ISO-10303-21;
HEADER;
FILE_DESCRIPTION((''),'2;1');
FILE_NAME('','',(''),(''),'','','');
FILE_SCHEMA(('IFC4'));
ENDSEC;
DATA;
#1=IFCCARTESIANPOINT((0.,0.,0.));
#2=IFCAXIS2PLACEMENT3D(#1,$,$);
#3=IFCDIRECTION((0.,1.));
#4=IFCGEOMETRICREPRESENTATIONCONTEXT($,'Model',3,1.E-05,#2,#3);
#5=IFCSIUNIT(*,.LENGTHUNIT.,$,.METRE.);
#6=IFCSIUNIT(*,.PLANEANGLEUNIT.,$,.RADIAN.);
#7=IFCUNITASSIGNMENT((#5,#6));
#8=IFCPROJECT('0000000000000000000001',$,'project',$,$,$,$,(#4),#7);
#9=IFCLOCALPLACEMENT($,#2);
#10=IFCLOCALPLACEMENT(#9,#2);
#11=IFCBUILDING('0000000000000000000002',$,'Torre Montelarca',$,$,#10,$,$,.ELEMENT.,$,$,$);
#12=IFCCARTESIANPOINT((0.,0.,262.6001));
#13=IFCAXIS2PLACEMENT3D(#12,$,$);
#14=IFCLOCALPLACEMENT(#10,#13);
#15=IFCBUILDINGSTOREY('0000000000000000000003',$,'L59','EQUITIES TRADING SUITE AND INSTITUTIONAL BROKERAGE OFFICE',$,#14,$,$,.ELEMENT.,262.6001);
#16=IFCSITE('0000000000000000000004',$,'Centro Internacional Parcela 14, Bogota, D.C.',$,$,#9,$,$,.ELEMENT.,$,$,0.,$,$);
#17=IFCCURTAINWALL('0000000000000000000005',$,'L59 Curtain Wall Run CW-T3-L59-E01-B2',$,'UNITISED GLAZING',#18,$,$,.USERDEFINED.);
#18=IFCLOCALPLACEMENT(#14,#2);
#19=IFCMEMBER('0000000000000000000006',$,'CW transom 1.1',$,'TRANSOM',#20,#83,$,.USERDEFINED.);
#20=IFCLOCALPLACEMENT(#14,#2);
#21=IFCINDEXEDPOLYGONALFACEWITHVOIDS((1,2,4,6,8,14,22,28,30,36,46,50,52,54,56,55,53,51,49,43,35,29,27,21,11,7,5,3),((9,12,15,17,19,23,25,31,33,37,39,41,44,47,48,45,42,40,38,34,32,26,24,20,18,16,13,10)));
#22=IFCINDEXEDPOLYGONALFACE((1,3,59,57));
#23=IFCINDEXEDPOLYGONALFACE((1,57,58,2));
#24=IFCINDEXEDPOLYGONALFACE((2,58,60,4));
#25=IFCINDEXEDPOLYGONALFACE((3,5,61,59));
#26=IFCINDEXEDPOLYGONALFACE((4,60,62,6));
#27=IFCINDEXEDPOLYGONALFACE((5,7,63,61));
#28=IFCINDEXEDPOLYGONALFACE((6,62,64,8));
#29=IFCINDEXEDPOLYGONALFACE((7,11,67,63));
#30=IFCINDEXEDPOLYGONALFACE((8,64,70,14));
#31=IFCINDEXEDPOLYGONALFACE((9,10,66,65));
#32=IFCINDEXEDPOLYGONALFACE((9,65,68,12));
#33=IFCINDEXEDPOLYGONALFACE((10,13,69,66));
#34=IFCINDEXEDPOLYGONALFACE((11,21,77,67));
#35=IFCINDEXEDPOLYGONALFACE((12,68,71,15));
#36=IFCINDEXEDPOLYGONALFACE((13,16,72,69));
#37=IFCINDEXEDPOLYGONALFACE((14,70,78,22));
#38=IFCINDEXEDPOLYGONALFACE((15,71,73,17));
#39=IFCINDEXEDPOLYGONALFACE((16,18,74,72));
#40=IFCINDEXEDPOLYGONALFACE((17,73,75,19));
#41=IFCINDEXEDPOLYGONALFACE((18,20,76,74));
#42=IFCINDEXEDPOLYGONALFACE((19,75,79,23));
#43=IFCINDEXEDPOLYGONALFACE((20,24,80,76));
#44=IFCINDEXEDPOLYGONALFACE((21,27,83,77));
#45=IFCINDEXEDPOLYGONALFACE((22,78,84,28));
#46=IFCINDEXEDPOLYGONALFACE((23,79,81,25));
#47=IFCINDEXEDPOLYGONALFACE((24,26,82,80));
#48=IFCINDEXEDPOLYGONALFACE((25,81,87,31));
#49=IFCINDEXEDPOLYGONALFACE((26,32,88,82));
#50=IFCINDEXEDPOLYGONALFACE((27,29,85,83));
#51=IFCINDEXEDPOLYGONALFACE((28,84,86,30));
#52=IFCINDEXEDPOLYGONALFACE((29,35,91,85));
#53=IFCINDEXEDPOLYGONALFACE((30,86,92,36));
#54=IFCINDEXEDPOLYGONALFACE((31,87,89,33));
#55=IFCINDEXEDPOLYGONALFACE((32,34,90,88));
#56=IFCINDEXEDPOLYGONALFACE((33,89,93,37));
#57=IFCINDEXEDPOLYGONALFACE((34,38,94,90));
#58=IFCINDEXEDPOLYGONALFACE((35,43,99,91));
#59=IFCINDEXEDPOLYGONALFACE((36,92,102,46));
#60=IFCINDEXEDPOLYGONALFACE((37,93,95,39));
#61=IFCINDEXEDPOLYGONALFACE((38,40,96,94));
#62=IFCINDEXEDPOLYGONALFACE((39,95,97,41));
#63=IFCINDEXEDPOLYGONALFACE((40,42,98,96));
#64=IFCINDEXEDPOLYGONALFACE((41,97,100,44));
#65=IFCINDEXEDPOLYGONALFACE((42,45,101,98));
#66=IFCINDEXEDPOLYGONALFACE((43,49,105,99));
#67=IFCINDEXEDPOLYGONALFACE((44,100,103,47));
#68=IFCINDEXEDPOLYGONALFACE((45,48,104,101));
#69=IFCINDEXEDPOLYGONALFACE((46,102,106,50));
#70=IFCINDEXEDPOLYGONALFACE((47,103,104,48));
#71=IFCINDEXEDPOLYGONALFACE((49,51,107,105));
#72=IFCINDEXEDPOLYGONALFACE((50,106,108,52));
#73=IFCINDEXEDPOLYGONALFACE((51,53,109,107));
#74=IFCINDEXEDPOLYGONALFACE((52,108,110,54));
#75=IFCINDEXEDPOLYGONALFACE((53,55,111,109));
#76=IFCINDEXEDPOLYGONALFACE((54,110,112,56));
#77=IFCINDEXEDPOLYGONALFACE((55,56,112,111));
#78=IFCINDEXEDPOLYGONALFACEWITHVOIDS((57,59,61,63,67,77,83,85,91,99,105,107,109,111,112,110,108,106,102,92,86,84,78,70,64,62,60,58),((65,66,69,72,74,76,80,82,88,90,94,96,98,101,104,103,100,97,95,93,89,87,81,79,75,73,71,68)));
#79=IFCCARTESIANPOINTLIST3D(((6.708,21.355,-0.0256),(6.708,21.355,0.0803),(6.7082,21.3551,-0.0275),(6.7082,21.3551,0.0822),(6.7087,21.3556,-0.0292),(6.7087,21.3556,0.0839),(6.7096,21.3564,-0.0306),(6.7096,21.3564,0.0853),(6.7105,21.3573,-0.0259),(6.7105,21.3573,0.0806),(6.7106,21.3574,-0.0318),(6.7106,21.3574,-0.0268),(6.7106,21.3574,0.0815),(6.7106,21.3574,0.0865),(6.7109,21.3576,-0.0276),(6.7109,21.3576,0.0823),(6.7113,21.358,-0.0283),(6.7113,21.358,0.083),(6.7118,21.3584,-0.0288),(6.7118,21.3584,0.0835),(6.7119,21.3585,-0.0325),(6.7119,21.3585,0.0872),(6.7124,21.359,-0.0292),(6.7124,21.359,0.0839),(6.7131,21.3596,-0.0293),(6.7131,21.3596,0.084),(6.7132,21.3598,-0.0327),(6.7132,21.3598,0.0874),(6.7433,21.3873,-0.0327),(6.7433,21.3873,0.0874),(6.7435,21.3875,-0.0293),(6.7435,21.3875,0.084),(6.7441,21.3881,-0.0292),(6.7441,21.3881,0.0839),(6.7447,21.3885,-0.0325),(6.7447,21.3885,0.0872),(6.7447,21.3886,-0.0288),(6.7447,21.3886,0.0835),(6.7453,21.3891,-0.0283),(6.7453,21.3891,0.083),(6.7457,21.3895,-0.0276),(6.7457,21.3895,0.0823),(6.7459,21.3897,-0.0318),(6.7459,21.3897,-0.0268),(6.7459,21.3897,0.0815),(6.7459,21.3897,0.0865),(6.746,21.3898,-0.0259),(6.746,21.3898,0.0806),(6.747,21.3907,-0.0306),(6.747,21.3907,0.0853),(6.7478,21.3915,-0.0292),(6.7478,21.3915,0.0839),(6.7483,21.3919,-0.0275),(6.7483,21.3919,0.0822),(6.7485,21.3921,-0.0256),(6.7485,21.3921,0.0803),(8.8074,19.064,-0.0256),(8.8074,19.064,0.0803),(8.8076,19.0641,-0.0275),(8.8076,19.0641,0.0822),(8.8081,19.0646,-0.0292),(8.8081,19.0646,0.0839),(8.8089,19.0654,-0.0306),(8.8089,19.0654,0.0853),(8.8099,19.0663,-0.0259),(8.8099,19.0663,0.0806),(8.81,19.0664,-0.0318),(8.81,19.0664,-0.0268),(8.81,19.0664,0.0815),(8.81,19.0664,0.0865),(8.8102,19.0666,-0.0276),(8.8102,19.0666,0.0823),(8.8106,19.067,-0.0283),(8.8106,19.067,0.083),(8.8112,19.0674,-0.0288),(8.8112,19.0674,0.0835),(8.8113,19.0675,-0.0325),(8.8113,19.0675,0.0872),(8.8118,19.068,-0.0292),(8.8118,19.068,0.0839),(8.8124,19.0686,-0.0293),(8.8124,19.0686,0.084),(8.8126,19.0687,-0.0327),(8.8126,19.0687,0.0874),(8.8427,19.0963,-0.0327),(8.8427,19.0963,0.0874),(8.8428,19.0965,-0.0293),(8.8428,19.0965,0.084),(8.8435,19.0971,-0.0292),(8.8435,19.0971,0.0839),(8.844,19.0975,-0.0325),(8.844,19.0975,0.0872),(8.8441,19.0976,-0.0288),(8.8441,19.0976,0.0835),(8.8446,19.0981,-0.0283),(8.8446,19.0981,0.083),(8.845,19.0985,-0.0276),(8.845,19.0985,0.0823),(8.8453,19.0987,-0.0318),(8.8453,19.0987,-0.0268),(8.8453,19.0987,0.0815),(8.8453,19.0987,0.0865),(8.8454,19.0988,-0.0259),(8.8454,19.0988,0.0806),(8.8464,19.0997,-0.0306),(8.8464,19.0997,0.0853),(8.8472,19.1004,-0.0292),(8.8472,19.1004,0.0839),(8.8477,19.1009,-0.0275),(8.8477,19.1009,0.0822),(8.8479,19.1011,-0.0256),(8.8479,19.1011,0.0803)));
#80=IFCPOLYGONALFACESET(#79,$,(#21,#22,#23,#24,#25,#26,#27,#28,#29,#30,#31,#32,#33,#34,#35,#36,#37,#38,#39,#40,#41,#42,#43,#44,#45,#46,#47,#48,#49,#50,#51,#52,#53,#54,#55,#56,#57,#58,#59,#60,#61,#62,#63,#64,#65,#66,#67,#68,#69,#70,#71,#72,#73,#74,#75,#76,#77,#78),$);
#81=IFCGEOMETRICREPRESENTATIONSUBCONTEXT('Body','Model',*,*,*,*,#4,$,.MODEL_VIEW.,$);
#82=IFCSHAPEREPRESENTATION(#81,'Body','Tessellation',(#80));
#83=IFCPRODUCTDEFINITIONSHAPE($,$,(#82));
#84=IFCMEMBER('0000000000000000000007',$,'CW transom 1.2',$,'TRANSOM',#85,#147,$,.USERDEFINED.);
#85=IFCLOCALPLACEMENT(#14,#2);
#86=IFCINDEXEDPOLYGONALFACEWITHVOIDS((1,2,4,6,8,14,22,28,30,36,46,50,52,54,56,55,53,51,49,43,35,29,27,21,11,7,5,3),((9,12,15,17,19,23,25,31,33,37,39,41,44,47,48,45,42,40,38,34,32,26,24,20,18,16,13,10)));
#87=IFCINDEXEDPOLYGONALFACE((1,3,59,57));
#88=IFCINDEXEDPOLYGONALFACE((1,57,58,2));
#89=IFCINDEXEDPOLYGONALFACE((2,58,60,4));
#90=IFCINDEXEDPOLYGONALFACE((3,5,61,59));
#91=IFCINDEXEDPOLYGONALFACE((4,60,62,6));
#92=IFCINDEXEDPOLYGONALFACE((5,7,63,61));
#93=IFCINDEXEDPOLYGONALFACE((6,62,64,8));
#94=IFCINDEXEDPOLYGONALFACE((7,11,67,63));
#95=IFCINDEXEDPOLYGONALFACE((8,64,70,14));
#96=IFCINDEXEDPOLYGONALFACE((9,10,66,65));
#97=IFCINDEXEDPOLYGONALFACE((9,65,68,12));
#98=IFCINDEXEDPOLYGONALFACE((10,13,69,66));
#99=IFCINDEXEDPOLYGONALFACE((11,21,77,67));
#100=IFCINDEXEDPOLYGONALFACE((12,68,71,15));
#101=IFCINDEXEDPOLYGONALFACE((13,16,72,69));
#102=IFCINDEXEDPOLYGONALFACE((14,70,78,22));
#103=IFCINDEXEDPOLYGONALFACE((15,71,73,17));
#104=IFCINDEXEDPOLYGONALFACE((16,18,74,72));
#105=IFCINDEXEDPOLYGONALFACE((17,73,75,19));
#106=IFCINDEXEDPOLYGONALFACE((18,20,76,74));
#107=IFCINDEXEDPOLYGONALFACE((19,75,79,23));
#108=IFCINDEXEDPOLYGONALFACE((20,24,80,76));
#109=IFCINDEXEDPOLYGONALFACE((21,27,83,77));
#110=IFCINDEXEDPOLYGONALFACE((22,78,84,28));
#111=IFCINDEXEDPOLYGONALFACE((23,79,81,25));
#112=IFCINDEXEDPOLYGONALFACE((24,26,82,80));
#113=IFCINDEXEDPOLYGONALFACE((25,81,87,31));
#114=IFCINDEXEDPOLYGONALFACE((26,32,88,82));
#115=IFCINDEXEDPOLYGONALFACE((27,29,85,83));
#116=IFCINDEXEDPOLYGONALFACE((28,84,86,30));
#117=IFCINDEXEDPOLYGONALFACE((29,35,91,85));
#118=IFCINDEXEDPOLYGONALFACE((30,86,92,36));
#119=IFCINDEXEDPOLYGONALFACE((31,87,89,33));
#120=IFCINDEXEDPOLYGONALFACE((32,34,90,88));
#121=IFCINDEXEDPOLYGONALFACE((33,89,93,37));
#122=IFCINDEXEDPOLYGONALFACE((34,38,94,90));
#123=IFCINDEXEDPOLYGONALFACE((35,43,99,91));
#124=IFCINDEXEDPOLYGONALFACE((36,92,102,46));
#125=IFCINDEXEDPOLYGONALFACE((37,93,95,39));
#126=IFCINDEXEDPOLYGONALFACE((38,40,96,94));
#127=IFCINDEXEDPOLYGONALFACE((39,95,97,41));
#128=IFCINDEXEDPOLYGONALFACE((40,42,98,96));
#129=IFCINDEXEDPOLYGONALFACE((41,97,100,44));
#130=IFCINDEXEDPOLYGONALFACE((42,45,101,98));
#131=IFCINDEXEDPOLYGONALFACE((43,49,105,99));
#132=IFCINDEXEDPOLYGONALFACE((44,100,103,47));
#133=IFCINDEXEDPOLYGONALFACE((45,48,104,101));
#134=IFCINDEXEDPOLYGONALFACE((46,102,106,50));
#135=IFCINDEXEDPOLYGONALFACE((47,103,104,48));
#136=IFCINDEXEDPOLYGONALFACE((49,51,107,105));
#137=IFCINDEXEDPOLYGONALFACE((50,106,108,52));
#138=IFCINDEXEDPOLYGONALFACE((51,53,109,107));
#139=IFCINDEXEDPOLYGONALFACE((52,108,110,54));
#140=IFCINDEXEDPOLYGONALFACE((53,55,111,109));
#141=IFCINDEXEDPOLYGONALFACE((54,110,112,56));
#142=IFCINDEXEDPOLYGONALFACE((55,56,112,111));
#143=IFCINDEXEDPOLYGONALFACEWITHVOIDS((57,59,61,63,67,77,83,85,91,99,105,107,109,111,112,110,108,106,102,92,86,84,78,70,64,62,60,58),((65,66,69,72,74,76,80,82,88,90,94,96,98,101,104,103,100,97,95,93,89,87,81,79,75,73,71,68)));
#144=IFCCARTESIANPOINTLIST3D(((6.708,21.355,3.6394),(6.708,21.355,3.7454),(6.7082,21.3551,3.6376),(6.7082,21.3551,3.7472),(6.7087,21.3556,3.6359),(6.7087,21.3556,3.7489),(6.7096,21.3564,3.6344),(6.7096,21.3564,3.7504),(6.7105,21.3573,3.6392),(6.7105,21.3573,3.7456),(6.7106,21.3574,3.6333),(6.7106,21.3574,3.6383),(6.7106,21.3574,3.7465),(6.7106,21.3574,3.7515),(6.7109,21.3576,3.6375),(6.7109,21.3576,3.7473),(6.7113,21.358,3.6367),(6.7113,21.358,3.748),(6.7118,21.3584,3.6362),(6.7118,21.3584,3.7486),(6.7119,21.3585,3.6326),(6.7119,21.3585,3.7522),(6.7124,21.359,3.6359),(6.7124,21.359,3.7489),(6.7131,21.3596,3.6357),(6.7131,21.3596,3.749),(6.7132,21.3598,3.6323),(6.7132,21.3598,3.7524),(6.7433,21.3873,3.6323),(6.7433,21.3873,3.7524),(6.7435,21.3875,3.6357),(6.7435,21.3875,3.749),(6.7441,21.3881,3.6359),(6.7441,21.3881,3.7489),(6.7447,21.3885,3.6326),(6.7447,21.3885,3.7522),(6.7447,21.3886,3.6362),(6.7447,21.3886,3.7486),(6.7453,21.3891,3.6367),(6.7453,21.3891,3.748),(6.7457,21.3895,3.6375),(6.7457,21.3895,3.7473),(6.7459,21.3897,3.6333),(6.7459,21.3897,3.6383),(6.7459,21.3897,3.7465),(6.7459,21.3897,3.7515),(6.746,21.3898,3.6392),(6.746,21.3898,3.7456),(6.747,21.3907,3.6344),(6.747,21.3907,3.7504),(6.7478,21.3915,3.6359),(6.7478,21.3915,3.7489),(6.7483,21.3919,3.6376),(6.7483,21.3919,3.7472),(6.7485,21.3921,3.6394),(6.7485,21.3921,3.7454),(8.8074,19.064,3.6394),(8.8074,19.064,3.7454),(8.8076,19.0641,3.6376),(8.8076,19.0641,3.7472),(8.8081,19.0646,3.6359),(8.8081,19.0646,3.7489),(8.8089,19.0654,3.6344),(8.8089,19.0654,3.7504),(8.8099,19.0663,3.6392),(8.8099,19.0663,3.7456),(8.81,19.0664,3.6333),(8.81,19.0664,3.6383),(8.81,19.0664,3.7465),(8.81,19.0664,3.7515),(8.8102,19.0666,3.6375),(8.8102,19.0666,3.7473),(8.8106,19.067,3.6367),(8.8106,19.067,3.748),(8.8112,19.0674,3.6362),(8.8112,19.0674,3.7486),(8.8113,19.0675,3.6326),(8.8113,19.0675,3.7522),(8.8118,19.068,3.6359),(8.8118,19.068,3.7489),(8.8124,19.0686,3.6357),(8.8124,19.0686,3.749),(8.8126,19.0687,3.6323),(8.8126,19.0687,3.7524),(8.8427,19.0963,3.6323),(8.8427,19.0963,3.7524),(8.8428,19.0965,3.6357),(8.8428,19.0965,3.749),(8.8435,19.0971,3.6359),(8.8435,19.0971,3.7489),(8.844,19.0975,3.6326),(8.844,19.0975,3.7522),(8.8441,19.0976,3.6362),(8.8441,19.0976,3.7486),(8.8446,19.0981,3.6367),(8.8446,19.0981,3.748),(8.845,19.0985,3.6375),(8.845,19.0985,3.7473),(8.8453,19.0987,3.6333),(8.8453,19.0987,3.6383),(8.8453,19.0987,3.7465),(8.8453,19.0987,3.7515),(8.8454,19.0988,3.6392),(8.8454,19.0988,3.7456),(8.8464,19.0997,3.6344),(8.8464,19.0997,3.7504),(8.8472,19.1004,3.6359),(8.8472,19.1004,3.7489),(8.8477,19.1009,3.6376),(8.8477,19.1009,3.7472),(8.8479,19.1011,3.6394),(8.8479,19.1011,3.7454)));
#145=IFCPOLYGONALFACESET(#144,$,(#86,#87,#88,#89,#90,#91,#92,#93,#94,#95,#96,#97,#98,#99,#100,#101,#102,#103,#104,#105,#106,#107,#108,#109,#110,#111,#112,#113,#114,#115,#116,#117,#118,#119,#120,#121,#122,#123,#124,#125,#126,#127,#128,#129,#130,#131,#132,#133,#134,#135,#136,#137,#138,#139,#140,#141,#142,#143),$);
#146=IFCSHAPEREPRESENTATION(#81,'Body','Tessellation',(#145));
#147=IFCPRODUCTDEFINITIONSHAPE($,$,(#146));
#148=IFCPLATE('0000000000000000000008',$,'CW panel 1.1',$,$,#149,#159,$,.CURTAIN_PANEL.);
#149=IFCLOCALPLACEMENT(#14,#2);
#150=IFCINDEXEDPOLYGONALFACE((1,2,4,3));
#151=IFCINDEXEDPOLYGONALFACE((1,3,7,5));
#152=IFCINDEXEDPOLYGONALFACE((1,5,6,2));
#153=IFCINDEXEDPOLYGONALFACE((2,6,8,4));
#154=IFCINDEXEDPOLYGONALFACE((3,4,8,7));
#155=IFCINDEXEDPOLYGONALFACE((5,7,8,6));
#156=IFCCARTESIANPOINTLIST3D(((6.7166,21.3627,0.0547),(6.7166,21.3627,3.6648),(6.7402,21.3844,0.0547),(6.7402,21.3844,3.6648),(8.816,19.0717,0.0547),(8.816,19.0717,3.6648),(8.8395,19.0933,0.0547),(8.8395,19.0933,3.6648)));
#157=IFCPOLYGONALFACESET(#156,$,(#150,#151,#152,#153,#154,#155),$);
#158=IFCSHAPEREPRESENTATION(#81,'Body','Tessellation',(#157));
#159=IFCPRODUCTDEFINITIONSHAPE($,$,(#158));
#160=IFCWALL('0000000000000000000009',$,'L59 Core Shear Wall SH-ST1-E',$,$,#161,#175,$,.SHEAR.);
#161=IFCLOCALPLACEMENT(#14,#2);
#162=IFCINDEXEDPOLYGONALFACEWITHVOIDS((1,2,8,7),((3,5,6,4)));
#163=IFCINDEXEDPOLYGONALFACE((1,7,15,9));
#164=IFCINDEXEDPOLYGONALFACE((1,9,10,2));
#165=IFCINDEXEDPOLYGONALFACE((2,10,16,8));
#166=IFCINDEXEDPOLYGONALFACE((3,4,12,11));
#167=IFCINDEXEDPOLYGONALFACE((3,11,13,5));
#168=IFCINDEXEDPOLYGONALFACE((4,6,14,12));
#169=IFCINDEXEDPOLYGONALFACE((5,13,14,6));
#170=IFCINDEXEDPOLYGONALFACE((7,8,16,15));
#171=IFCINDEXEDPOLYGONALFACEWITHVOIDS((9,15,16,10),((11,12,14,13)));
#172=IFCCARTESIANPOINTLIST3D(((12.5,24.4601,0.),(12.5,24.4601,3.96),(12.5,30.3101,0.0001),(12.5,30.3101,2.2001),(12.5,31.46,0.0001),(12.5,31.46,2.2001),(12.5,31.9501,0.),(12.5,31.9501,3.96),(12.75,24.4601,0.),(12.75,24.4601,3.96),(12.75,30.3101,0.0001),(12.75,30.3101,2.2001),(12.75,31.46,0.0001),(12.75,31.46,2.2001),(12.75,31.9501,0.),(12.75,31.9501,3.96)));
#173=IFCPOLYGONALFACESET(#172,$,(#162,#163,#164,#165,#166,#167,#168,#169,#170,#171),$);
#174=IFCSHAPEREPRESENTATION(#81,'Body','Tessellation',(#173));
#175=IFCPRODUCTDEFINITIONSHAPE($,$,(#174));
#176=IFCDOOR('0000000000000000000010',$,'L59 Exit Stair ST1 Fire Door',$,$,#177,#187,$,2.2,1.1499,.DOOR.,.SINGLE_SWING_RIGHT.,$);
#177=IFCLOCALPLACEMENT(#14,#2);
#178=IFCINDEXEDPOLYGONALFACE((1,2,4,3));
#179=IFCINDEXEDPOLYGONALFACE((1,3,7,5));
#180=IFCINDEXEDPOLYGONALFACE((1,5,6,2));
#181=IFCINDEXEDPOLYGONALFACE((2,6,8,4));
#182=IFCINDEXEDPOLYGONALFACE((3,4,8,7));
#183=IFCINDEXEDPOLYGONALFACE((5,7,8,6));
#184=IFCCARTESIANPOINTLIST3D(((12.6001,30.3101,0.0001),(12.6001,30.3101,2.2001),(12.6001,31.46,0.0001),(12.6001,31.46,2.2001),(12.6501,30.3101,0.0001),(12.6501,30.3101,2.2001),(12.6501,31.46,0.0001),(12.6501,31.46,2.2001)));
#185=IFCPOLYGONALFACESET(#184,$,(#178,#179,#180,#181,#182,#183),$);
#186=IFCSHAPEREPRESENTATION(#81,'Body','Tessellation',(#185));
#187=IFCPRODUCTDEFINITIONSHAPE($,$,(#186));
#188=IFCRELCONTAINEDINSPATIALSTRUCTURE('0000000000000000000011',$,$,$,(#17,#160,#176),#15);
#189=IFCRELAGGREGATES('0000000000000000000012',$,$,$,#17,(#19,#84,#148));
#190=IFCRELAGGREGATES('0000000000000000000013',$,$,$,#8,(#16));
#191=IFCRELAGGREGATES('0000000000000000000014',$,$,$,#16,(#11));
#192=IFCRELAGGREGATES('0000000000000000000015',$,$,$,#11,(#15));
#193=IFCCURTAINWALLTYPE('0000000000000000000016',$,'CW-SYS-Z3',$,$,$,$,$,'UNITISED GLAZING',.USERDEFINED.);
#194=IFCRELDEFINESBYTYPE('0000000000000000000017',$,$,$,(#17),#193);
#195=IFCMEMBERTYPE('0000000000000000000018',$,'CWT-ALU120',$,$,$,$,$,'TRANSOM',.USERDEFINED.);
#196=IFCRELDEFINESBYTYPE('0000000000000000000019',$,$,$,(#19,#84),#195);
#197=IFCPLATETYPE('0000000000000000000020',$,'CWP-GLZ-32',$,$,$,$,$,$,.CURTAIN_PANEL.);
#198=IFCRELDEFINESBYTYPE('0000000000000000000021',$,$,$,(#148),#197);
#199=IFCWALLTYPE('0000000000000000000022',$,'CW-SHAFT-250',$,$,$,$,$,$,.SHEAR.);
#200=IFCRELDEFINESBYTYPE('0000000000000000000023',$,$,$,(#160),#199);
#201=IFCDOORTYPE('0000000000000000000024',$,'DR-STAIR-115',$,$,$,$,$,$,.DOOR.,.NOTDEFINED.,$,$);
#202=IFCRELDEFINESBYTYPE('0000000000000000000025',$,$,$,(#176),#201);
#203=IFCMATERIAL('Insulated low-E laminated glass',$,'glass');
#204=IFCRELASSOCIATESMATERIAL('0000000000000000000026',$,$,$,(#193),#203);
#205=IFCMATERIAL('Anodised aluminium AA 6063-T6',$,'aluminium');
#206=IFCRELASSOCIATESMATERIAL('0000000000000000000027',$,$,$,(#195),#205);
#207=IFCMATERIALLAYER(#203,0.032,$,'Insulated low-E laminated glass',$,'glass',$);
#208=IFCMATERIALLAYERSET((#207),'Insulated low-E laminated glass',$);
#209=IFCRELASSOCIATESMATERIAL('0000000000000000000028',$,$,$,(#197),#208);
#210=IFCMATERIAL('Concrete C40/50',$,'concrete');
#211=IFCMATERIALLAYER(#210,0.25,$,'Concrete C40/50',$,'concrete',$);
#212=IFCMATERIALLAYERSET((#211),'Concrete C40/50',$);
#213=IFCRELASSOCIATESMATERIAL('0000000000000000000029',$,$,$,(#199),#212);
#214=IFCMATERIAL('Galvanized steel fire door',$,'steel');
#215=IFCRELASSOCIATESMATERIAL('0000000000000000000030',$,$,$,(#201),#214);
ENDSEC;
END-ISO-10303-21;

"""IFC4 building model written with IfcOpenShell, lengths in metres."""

from ifc_helpers import new_model, si_unit, direction, frame, frame_2d, origin, origin_2d, place, context, subcontext, project, spatial, rectangle, hollow_rectangle, extrude, source, transform, mapped, material, layer, layer_set, material_profile, profile_set, type_object, element, fill, aggregate, save


model = new_model("IFC4")

# Units and contexts
model_context = context("Model", 3, precision=1e-05, world=origin(), true_north=direction((0.0, 1.0)))
body_context = subcontext(model_context, "Body", "Model", "MODEL_VIEW")
ifc_project = project(units=[si_unit("LENGTHUNIT", "METRE"), si_unit("PLANEANGLEUNIT", "RADIAN")], contexts=[model_context])

# Site, building, storey
site_placement = place(None, origin())
site = spatial("IfcSite", under=ifc_project, at=site_placement, Name="Centro Internacional Parcela 14, Bogota, D.C.", CompositionType="ELEMENT", RefElevation=0.0)
building_placement = place(site_placement, origin())
building = spatial("IfcBuilding", under=site, at=building_placement, Name="Torre Montelarca", CompositionType="ELEMENT")
storey_placement = place(building_placement, frame((0.0, 0.0, 262.6001)))
storey = spatial("IfcBuildingStorey", under=building, at=storey_placement, Name="L59", Description="EQUITIES TRADING SUITE AND INSTITUTIONAL BROKERAGE OFFICE", CompositionType="ELEMENT", Elevation=262.6001)

# Shared definitions
ifc_material_1 = material(Name="Concrete C40/50", Category="concrete")

# Curtain wall, members, plate
ifc_material_2 = material(Name="Insulated low-E laminated glass", Category="glass")
curtain_wall_type = type_object("IfcCurtainWallType", Name="CW-SYS-Z3", ElementType="UNITISED GLAZING", PredefinedType="USERDEFINED", material=ifc_material_2)
curtain_wall_placement = place(storey_placement, origin())
curtain_wall = element("IfcCurtainWall", 1, at=curtain_wall_placement, inside=storey, type_object=curtain_wall_type, Name="L59 Curtain Wall Run CW-T3-L59-E01-B2", ObjectType="UNITISED GLAZING", PredefinedType="USERDEFINED")
ifc_material_3 = material(Name="Anodised aluminium AA 6063-T6", Category="aluminium")
ifc_material_profile_1 = material_profile(ifc_material_3, hollow_rectangle(XDim=0.0549, YDim=0.1201, WallThickness=0.0034, InnerFilletRadius=0.0034, OuterFilletRadius=0.0071, at=origin_2d()), Name="ALU55X120X3.5", Category="aluminium")
ifc_profile_set_1 = profile_set([ifc_material_profile_1], Name="Anodised aluminium AA 6063-T6")
member_type_1 = type_object("IfcMemberType", Name="CWT-ALU120", ElementType="TRANSOM", PredefinedType="USERDEFINED", material=ifc_profile_set_1)
shared_shape_1 = source(origin(), body_context, "Body", "SweptSolid", [
    extrude(hollow_rectangle(XDim=0.0549, YDim=0.1201, WallThickness=0.0034, InnerFilletRadius=0.0034, OuterFilletRadius=0.0071, at=origin_2d()), origin(), (0.0, 0.0, 1.0), 3.1074),
])
member_1_placement = place(storey_placement, frame((6.7283, 21.3735, 0.0273), z_axis=(0.675597, -0.737272, 0.0), x_axis=(0.737272, 0.675597, 0.0)))
member_1 = element("IfcMember", 2, at=member_1_placement, type_object=member_type_1, Name="CW transom 1.1", ObjectType="TRANSOM", PredefinedType="USERDEFINED", context=body_context, shape_type="MappedRepresentation", body=[
    mapped(shared_shape_1, transform((0.0, 0.0, 0.0), scale=1.0)),
])
member_2_placement = place(storey_placement, frame((6.7283, 21.3735, 3.6924), z_axis=(0.675597, -0.737272, 0.0), x_axis=(0.737272, 0.675597, 0.0)))
member_2 = element("IfcMember", 3, at=member_2_placement, type_object=member_type_1, Name="CW transom 1.2", ObjectType="TRANSOM", PredefinedType="USERDEFINED", context=body_context, shape_type="MappedRepresentation", body=[
    mapped(shared_shape_1, transform((0.0, 0.0, 0.0), scale=1.0)),
])
ifc_layer_1 = layer(ifc_material_2, 0.032, Name="Insulated low-E laminated glass", Category="glass")
ifc_layer_set_1 = layer_set([ifc_layer_1], Name="Insulated low-E laminated glass")
plate_type = type_object("IfcPlateType", Name="CWP-GLZ-32", PredefinedType="CURTAIN_PANEL", material=ifc_layer_set_1)
shared_shape_2 = source(origin(), body_context, "Body", "SweptSolid", [
    extrude(rectangle(XDim=3.1074, YDim=0.032, at=origin_2d()), origin(), (0.0, 0.0, 1.0), 3.6101),
])
plate_placement = place(storey_placement, frame((7.7781, 20.228, 0.0547), z_axis=(0.0, 0.0, 1.0), x_axis=(0.675588, -0.73728, 0.0)))
plate = element("IfcPlate", 4, at=plate_placement, type_object=plate_type, Name="CW panel 1.1", PredefinedType="CURTAIN_PANEL", context=body_context, shape_type="MappedRepresentation", body=[
    mapped(shared_shape_2, transform((0.0, 0.0, 0.0), scale=1.0)),
])
aggregate(curtain_wall, [member_1, member_2, plate])

# Wall, opening, door
ifc_layer_2 = layer(ifc_material_1, 0.25, Name="Concrete C40/50", Category="concrete")
ifc_layer_set_2 = layer_set([ifc_layer_2], Name="Concrete C40/50")
wall_type_1 = type_object("IfcWallType", Name="CW-SHAFT-250", PredefinedType="SHEAR", material=ifc_layer_set_2)
wall_1_placement = place(storey_placement, frame((12.625, 24.46, 0.0), z_axis=(0.0, 0.0, 1.0), x_axis=(0.0, 1.0, 0.0)))
wall_1 = element("IfcWall", 5, at=wall_1_placement, inside=storey, type_object=wall_type_1, Name="L59 Core Shear Wall SH-ST1-E", PredefinedType="SHEAR", context=body_context, shape_type="SweptSolid", body=[
    extrude(rectangle(XDim=7.49, YDim=0.25, at=frame_2d((3.7451, 0.0))), origin(), (0.0, 0.0, 1.0), 3.96),
])
opening_1_placement = place(wall_1_placement, frame((5.8501, 0.0, 0.0)))
opening_1 = element("IfcOpeningElement", 6, at=opening_1_placement, cuts=wall_1, PredefinedType="OPENING", context=body_context, shape_type="SweptSolid", body=[
    extrude(rectangle(XDim=1.1499, YDim=2.2, at=frame_2d((0.575, 1.1001))), frame((0.0, 0.135, 0.0), z_axis=(0.0, -1.0, 0.0), x_axis=(1.0, 0.0, 0.0)), (0.0, 0.0, 1.0), 0.27),
])
ifc_material_4 = material(Name="Galvanized steel fire door", Category="steel")
door_type_1 = type_object("IfcDoorType", Name="DR-STAIR-115", OperationType="NOTDEFINED", PredefinedType="DOOR", material=ifc_material_4)
shared_shape_3 = source(origin(), body_context, "Body", "SweptSolid", [
    extrude(rectangle(XDim=1.1499, YDim=2.2, at=frame_2d((0.575, 1.1001))), frame((0.0, 0.0249, 0.0), z_axis=(0.0, -1.0, 0.0), x_axis=(1.0, 0.0, 0.0)), (0.0, 0.0, 1.0), 0.05),
])
door_1_placement = place(opening_1_placement, origin())
door_1 = element("IfcDoor", 7, at=door_1_placement, inside=storey, type_object=door_type_1, Name="L59 Exit Stair ST1 Fire Door", OperationType="SINGLE_SWING_RIGHT", OverallHeight=2.2, OverallWidth=1.1499, PredefinedType="DOOR", context=body_context, shape_type="MappedRepresentation", body=[
    mapped(shared_shape_3, transform((0.0, 0.0, 0.0), scale=1.0)),
])
fill(opening_1, door_1)

save(model, "model.ifc")
